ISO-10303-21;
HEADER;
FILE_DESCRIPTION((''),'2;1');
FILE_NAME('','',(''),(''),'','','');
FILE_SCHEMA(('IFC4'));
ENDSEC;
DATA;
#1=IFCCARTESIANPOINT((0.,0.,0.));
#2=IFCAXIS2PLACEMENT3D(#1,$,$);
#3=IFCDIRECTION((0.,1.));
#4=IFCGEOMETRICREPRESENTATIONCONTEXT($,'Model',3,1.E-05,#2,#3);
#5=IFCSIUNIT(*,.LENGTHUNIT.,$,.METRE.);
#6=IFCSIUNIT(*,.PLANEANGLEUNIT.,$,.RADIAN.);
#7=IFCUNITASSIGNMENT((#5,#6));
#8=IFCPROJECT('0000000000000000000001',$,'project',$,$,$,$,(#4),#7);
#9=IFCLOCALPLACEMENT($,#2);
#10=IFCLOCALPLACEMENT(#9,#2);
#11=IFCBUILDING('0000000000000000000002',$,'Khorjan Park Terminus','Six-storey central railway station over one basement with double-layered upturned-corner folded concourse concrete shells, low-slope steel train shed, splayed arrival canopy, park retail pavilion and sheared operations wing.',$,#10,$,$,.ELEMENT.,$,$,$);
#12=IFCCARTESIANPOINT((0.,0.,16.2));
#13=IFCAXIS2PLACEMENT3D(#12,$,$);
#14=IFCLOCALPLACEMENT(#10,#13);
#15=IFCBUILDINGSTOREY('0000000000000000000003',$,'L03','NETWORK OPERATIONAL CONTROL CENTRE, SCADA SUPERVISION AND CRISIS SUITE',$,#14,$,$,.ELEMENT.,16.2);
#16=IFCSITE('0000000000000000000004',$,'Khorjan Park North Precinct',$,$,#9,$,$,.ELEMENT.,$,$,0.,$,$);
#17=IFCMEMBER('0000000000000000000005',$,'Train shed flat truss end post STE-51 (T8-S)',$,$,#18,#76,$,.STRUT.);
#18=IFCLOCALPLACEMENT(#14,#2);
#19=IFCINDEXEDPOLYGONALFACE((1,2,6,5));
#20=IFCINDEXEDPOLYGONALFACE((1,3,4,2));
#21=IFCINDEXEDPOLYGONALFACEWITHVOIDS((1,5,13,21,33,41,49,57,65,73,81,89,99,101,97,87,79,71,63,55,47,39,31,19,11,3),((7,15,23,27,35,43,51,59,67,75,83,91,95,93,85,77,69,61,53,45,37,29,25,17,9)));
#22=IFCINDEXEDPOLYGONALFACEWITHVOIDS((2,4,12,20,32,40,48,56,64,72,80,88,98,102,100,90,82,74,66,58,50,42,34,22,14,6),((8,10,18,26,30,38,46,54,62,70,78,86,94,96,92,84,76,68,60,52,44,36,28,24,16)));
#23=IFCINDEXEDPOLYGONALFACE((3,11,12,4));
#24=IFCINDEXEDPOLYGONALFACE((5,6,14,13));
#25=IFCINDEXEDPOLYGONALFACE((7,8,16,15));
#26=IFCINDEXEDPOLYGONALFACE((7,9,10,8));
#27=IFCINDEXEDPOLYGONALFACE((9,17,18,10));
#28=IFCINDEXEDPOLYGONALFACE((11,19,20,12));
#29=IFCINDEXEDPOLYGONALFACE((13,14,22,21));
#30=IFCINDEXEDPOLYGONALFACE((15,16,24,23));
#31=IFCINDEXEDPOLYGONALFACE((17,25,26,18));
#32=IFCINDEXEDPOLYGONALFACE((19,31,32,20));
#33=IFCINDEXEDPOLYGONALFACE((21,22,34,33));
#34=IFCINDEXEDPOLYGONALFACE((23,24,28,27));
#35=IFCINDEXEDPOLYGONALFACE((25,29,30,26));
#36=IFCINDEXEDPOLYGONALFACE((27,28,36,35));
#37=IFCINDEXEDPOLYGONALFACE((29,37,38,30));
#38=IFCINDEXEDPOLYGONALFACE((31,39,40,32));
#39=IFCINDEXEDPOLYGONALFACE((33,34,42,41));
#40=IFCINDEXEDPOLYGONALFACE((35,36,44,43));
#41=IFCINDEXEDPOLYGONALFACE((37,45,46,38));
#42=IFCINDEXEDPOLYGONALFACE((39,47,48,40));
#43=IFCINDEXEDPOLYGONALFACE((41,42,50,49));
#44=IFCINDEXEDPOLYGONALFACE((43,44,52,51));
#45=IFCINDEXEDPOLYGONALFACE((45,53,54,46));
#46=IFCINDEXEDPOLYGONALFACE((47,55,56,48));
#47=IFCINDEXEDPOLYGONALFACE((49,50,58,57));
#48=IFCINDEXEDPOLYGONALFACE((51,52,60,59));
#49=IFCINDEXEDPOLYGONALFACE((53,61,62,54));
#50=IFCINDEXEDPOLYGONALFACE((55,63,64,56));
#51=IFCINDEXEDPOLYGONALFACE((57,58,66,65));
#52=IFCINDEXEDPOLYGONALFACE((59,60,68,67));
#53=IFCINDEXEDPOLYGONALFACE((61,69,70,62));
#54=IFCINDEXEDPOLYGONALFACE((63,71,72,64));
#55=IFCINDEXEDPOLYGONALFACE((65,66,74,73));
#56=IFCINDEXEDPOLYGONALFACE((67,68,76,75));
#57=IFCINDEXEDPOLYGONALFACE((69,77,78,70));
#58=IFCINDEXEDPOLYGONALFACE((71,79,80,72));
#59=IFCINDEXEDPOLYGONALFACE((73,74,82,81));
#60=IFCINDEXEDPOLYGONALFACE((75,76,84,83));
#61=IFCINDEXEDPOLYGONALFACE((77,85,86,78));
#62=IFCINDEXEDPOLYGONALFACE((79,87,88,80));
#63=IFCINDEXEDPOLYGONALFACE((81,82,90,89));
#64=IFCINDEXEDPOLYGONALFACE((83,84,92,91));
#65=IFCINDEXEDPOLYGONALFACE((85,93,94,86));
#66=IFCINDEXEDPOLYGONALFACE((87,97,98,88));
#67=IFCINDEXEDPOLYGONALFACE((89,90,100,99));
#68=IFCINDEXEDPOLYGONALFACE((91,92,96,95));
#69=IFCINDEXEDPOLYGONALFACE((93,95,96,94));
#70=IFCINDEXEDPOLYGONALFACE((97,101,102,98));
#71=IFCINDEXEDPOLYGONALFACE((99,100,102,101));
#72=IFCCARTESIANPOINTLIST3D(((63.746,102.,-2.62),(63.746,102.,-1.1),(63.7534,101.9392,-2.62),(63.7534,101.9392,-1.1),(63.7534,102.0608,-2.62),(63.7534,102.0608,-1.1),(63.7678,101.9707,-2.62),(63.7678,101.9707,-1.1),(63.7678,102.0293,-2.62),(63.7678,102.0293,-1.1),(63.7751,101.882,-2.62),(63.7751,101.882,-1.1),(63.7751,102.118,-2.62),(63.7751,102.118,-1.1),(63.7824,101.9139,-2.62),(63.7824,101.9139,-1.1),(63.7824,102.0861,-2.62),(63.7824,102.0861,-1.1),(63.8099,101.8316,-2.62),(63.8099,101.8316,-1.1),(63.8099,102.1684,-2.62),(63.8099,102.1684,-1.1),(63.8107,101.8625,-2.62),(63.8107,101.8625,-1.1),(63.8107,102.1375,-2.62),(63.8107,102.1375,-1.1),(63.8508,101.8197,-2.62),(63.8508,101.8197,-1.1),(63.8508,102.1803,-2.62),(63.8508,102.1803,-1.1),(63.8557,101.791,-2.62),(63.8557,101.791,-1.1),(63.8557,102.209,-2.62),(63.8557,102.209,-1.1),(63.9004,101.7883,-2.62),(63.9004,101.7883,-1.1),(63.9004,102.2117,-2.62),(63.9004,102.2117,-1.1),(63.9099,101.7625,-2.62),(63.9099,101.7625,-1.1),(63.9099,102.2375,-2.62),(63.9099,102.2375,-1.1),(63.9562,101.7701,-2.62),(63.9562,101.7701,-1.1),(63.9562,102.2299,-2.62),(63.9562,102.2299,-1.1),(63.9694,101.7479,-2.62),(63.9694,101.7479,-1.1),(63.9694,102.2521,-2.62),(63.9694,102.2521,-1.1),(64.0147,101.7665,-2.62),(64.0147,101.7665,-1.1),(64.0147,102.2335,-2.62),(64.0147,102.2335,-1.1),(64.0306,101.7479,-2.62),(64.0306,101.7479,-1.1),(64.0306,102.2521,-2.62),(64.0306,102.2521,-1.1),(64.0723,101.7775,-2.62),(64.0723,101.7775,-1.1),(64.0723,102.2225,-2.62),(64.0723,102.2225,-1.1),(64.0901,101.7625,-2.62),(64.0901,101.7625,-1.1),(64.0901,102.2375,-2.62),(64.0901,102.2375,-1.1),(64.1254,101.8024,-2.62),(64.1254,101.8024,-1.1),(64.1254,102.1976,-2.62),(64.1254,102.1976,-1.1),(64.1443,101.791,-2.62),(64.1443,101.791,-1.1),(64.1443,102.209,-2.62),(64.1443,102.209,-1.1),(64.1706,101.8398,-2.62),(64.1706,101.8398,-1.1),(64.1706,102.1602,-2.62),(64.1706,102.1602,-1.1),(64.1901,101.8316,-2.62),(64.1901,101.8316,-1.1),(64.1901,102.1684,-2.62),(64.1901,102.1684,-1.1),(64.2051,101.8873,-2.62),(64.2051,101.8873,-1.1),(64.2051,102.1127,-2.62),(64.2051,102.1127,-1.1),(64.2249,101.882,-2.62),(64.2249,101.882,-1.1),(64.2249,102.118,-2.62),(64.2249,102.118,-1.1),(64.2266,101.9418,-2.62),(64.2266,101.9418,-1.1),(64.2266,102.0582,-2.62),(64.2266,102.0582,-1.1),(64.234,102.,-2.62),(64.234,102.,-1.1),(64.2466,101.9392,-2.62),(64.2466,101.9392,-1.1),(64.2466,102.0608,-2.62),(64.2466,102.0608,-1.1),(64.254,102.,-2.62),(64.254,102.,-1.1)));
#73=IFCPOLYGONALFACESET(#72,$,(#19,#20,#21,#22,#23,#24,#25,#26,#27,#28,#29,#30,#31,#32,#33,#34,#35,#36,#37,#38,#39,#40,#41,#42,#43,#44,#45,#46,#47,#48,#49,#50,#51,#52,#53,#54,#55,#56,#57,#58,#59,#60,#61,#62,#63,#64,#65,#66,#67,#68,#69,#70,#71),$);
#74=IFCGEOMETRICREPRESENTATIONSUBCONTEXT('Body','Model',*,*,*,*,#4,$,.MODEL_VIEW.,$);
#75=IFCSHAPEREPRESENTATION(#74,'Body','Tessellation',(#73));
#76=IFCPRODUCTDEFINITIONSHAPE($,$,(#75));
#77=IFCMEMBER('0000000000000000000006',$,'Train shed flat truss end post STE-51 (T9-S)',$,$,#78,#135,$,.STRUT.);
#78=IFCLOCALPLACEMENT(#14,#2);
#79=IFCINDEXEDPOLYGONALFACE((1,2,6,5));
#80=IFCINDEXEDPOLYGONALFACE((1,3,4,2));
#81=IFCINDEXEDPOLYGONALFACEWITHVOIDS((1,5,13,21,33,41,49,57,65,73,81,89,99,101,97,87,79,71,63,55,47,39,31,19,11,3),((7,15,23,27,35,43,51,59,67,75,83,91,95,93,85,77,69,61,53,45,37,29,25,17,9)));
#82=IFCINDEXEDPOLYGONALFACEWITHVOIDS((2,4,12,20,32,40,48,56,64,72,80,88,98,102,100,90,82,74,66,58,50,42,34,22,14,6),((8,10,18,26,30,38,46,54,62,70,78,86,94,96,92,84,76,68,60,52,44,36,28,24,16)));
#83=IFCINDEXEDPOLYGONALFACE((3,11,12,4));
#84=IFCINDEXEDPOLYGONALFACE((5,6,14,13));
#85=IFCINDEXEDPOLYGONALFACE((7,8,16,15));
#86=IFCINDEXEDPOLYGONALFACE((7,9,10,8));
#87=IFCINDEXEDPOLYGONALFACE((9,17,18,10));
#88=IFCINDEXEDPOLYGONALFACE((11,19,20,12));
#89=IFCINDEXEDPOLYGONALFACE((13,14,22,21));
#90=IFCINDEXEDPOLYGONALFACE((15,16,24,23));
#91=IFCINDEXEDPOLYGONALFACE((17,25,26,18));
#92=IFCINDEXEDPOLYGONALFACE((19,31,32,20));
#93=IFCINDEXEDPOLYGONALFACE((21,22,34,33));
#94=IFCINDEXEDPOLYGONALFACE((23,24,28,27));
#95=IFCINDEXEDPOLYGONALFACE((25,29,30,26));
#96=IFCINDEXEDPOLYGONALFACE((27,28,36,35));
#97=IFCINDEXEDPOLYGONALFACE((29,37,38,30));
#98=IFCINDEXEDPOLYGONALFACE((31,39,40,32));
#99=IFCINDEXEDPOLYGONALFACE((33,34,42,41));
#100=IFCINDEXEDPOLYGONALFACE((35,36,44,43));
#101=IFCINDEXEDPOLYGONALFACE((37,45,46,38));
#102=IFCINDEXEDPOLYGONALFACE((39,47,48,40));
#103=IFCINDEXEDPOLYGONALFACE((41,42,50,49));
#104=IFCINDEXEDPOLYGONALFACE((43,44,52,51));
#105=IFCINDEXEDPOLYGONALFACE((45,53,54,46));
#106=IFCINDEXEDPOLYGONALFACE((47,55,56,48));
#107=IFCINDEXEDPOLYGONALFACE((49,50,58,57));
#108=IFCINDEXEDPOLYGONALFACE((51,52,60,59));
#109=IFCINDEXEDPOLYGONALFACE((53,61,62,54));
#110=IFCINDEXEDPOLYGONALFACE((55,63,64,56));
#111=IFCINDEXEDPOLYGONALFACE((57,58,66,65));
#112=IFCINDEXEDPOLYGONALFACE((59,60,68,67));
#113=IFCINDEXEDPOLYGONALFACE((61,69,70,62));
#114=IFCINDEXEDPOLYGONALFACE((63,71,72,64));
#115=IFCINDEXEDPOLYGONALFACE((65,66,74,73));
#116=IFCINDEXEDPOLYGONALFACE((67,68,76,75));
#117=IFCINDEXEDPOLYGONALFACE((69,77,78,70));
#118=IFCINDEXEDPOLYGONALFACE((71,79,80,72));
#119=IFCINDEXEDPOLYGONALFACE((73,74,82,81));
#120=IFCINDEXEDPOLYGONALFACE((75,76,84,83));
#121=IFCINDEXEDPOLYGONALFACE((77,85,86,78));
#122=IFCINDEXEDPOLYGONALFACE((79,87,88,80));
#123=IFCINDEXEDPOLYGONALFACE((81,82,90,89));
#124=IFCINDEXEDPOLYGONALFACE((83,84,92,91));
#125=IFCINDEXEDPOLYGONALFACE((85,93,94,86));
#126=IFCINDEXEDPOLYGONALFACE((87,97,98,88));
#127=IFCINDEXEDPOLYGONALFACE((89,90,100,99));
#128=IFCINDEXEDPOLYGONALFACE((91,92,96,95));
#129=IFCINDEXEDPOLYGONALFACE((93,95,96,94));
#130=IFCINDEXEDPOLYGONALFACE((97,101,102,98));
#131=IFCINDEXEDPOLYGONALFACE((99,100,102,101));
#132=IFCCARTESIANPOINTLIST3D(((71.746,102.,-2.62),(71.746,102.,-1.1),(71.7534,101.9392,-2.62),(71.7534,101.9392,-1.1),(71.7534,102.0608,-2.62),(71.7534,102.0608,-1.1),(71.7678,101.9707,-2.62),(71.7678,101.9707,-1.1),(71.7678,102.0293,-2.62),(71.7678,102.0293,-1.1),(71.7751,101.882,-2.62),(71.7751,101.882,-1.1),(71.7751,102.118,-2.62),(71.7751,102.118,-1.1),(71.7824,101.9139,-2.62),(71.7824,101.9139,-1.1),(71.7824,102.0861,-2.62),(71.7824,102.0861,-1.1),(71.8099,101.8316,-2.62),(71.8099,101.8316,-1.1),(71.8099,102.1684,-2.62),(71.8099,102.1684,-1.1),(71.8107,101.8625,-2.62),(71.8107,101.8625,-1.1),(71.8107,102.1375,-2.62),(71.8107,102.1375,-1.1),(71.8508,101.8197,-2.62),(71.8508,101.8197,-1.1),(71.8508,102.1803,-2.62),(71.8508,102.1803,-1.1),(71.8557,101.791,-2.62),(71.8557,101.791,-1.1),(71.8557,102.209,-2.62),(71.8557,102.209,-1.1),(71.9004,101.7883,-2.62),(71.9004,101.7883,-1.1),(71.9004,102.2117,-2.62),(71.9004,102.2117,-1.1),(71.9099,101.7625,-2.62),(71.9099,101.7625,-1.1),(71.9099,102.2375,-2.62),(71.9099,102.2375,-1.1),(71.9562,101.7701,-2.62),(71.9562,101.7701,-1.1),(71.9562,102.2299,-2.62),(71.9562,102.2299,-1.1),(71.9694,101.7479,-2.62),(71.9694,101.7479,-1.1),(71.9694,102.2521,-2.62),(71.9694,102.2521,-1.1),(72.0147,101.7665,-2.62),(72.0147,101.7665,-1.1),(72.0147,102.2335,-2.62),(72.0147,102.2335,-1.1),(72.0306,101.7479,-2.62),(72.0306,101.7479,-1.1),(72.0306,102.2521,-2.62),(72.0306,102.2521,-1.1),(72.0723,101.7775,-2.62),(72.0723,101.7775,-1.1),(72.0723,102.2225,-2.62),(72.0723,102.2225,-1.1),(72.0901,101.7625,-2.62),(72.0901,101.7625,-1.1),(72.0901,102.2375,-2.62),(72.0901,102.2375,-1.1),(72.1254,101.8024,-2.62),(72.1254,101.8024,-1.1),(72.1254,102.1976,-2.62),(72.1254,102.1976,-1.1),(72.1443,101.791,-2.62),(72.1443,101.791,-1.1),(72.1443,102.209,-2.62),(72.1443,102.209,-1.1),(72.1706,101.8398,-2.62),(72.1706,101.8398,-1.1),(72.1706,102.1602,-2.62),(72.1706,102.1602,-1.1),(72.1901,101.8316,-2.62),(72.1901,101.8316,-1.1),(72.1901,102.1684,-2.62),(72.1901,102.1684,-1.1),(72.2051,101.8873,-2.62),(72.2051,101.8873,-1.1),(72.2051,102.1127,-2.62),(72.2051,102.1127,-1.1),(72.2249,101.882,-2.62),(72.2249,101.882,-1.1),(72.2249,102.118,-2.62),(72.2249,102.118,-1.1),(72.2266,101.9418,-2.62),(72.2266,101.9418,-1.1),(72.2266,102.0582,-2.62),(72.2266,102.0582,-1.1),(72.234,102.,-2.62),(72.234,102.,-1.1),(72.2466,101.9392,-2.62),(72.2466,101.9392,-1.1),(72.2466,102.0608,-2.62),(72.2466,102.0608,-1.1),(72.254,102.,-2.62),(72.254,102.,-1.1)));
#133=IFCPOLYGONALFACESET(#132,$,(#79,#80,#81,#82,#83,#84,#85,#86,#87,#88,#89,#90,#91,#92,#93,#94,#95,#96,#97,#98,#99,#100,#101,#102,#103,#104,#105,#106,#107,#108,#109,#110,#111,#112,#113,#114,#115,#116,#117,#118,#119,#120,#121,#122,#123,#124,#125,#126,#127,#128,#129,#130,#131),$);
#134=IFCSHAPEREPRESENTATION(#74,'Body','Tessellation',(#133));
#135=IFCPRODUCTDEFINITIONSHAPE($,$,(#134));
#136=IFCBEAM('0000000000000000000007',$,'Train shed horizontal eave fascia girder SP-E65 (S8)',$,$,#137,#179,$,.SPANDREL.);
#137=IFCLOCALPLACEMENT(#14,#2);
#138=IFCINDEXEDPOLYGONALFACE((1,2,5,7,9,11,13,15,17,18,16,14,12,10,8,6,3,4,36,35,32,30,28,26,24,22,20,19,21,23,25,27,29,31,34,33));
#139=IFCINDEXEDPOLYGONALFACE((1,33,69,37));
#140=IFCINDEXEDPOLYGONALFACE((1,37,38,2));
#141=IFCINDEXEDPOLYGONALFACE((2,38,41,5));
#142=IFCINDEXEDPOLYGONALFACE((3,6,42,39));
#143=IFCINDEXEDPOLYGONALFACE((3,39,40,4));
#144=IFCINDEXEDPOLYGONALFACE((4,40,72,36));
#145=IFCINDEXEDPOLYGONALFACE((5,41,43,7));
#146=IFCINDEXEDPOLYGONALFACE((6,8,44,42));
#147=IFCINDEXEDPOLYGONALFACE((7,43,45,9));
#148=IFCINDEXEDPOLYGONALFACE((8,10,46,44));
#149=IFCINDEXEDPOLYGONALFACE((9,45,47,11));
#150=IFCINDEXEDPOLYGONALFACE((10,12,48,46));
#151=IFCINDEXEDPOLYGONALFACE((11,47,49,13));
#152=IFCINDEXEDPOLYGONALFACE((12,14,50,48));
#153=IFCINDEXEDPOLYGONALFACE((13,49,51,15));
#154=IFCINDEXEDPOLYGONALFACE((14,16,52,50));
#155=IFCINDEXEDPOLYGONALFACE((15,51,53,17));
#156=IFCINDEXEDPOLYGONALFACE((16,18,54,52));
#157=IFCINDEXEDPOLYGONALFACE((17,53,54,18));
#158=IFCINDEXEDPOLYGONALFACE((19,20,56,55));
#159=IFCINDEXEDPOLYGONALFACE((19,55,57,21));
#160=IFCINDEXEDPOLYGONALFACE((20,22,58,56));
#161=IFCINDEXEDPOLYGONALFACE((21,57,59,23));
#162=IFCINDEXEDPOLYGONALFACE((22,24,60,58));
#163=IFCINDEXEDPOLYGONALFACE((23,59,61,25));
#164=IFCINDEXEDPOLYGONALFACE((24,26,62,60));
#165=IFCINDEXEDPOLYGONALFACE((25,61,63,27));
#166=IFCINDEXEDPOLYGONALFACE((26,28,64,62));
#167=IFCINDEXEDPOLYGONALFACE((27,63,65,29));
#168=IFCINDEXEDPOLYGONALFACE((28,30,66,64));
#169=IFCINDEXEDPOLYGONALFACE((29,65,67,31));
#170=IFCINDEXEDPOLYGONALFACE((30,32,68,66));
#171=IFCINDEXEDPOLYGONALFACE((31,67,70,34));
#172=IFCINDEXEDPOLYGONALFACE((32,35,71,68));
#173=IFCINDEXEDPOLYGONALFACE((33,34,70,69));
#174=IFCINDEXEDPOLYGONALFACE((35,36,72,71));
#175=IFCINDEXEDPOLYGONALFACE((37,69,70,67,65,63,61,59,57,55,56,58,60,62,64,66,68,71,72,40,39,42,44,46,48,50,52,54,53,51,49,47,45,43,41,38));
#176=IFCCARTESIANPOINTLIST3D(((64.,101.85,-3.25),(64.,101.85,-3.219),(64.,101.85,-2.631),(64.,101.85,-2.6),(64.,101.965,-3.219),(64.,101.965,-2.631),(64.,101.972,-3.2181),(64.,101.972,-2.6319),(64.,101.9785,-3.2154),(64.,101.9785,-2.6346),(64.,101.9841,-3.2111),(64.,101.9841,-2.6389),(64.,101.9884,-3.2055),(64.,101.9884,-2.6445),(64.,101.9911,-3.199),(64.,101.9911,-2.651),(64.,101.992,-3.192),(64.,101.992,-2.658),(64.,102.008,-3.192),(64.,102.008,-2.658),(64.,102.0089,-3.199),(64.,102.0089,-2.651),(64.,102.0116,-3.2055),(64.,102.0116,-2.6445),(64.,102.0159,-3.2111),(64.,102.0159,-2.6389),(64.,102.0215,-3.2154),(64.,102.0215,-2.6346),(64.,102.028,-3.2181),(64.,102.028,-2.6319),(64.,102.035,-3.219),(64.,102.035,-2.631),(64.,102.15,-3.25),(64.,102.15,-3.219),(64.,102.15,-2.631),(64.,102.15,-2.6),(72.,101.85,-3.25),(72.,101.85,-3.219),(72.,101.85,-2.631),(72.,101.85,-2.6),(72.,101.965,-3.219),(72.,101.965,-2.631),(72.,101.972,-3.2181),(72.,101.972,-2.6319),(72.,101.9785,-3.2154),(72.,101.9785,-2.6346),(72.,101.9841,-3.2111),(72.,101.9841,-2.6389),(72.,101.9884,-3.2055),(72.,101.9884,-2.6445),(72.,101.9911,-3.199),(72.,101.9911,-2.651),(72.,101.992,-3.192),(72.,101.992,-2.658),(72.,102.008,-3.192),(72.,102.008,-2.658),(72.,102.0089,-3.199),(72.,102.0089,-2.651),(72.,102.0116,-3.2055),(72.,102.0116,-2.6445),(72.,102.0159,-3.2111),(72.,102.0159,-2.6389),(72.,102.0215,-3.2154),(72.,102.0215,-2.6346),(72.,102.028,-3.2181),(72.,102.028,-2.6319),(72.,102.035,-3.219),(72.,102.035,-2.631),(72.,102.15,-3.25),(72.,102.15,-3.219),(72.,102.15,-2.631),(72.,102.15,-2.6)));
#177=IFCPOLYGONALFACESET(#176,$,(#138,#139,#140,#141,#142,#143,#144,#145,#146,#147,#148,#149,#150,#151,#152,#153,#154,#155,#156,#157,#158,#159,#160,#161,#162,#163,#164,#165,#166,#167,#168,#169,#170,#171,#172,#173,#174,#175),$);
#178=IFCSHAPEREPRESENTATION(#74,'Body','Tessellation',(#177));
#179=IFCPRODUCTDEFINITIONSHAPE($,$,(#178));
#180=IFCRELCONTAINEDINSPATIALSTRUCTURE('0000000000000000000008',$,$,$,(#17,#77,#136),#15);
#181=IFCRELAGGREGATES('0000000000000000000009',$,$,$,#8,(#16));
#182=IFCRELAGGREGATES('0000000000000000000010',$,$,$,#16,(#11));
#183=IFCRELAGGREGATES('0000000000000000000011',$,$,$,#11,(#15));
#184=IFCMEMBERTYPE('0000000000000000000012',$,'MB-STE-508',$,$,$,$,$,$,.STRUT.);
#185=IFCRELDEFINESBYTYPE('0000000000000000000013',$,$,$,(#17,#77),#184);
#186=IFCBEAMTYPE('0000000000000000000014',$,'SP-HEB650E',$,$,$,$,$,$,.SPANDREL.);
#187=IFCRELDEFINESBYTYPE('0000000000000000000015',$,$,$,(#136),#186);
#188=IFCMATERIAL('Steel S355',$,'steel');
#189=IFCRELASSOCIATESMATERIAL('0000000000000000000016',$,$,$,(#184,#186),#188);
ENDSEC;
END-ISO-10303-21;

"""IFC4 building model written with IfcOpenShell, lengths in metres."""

from ifc_helpers import new_model, si_unit, direction, frame, origin, origin_2d, place, context, subcontext, project, spatial, hollow_circle, i_section, extrude, material, material_profile, profile_set, type_object, element, save


model = new_model("IFC4")

# Units and contexts
model_context = context("Model", 3, precision=1e-05, world=origin(), true_north=direction((0.0, 1.0)))
body_context = subcontext(model_context, "Body", "Model", "MODEL_VIEW")
ifc_project = project(units=[si_unit("LENGTHUNIT", "METRE"), si_unit("PLANEANGLEUNIT", "RADIAN")], contexts=[model_context])

# Site, building, storey
site_placement = place(None, origin())
site = spatial("IfcSite", under=ifc_project, at=site_placement, Name="Khorjan Park North Precinct", CompositionType="ELEMENT", RefElevation=0.0)
building_placement = place(site_placement, origin())
building = spatial("IfcBuilding", under=site, at=building_placement, Name="Khorjan Park Terminus", Description="Six-storey central railway station over one basement with double-layered upturned-corner folded concourse concrete shells, low-slope steel train shed, splayed arrival canopy, park retail pavilion and sheared operations wing.", CompositionType="ELEMENT")
storey_placement = place(building_placement, frame((0.0, 0.0, 16.2)))
storey = spatial("IfcBuildingStorey", under=building, at=storey_placement, Name="L03", Description="NETWORK OPERATIONAL CONTROL CENTRE, SCADA SUPERVISION AND CRISIS SUITE", CompositionType="ELEMENT", Elevation=16.2)

# Members
ifc_material_1 = material(Name="Steel S355", Category="steel")
ifc_material_profile_1 = material_profile(ifc_material_1, hollow_circle(Radius=0.254, WallThickness=0.02, at=origin_2d()), Name="CHS 508x20")
ifc_profile_set_1 = profile_set([ifc_material_profile_1], Name="Steel S355")
member_type_1 = type_object("IfcMemberType", Name="MB-STE-508", PredefinedType="STRUT", material=ifc_profile_set_1)
for number, where, z_axis, x_axis, name in (
    (1, (64.0, 102.0, -2.62), (0.0, 0.0, 1.0), (1.0, 0.0, 0.0), "Train shed flat truss end post STE-51 (T8-S)"),
    (2, (72.0, 102.0, -2.62), (0.0, 0.0, 1.0), (1.0, 0.0, 0.0), "Train shed flat truss end post STE-51 (T9-S)"),
):
    element("IfcMember", number, at=place(storey_placement, frame(where, z_axis=z_axis, x_axis=x_axis)), inside=storey, type_object=member_type_1, Name=name, PredefinedType="STRUT", context=body_context, shape_type="SweptSolid", body=[
        extrude(hollow_circle(Radius=0.254, WallThickness=0.02, at=origin_2d()), origin(), (0.0, 0.0, 1.0), 1.52),
    ])

# Beam
ifc_material_profile_2 = material_profile(ifc_material_1, i_section(OverallWidth=0.3, OverallDepth=0.65, WebThickness=0.016, FlangeThickness=0.031, FilletRadius=0.027, at=origin_2d()), Name="HEB 650")
ifc_profile_set_2 = profile_set([ifc_material_profile_2], Name="Steel S355")
beam_type = type_object("IfcBeamType", Name="SP-HEB650E", PredefinedType="SPANDREL", material=ifc_profile_set_2)
for number, where, z_axis, x_axis, name in (
    (3, (64.0, 102.0, -2.925), (1.0, 0.0, 0.0), (0.0, 1.0, 0.0), "Train shed horizontal eave fascia girder SP-E65 (S8)"),
):
    element("IfcBeam", number, at=place(storey_placement, frame(where, z_axis=z_axis, x_axis=x_axis)), inside=storey, type_object=beam_type, Name=name, PredefinedType="SPANDREL", context=body_context, shape_type="SweptSolid", body=[
        extrude(i_section(OverallWidth=0.3, OverallDepth=0.65, WebThickness=0.016, FlangeThickness=0.031, FilletRadius=0.027, at=origin_2d()), origin(), (0.0, 0.0, 1.0), 8.0),
    ])

save(model, "model.ifc")
